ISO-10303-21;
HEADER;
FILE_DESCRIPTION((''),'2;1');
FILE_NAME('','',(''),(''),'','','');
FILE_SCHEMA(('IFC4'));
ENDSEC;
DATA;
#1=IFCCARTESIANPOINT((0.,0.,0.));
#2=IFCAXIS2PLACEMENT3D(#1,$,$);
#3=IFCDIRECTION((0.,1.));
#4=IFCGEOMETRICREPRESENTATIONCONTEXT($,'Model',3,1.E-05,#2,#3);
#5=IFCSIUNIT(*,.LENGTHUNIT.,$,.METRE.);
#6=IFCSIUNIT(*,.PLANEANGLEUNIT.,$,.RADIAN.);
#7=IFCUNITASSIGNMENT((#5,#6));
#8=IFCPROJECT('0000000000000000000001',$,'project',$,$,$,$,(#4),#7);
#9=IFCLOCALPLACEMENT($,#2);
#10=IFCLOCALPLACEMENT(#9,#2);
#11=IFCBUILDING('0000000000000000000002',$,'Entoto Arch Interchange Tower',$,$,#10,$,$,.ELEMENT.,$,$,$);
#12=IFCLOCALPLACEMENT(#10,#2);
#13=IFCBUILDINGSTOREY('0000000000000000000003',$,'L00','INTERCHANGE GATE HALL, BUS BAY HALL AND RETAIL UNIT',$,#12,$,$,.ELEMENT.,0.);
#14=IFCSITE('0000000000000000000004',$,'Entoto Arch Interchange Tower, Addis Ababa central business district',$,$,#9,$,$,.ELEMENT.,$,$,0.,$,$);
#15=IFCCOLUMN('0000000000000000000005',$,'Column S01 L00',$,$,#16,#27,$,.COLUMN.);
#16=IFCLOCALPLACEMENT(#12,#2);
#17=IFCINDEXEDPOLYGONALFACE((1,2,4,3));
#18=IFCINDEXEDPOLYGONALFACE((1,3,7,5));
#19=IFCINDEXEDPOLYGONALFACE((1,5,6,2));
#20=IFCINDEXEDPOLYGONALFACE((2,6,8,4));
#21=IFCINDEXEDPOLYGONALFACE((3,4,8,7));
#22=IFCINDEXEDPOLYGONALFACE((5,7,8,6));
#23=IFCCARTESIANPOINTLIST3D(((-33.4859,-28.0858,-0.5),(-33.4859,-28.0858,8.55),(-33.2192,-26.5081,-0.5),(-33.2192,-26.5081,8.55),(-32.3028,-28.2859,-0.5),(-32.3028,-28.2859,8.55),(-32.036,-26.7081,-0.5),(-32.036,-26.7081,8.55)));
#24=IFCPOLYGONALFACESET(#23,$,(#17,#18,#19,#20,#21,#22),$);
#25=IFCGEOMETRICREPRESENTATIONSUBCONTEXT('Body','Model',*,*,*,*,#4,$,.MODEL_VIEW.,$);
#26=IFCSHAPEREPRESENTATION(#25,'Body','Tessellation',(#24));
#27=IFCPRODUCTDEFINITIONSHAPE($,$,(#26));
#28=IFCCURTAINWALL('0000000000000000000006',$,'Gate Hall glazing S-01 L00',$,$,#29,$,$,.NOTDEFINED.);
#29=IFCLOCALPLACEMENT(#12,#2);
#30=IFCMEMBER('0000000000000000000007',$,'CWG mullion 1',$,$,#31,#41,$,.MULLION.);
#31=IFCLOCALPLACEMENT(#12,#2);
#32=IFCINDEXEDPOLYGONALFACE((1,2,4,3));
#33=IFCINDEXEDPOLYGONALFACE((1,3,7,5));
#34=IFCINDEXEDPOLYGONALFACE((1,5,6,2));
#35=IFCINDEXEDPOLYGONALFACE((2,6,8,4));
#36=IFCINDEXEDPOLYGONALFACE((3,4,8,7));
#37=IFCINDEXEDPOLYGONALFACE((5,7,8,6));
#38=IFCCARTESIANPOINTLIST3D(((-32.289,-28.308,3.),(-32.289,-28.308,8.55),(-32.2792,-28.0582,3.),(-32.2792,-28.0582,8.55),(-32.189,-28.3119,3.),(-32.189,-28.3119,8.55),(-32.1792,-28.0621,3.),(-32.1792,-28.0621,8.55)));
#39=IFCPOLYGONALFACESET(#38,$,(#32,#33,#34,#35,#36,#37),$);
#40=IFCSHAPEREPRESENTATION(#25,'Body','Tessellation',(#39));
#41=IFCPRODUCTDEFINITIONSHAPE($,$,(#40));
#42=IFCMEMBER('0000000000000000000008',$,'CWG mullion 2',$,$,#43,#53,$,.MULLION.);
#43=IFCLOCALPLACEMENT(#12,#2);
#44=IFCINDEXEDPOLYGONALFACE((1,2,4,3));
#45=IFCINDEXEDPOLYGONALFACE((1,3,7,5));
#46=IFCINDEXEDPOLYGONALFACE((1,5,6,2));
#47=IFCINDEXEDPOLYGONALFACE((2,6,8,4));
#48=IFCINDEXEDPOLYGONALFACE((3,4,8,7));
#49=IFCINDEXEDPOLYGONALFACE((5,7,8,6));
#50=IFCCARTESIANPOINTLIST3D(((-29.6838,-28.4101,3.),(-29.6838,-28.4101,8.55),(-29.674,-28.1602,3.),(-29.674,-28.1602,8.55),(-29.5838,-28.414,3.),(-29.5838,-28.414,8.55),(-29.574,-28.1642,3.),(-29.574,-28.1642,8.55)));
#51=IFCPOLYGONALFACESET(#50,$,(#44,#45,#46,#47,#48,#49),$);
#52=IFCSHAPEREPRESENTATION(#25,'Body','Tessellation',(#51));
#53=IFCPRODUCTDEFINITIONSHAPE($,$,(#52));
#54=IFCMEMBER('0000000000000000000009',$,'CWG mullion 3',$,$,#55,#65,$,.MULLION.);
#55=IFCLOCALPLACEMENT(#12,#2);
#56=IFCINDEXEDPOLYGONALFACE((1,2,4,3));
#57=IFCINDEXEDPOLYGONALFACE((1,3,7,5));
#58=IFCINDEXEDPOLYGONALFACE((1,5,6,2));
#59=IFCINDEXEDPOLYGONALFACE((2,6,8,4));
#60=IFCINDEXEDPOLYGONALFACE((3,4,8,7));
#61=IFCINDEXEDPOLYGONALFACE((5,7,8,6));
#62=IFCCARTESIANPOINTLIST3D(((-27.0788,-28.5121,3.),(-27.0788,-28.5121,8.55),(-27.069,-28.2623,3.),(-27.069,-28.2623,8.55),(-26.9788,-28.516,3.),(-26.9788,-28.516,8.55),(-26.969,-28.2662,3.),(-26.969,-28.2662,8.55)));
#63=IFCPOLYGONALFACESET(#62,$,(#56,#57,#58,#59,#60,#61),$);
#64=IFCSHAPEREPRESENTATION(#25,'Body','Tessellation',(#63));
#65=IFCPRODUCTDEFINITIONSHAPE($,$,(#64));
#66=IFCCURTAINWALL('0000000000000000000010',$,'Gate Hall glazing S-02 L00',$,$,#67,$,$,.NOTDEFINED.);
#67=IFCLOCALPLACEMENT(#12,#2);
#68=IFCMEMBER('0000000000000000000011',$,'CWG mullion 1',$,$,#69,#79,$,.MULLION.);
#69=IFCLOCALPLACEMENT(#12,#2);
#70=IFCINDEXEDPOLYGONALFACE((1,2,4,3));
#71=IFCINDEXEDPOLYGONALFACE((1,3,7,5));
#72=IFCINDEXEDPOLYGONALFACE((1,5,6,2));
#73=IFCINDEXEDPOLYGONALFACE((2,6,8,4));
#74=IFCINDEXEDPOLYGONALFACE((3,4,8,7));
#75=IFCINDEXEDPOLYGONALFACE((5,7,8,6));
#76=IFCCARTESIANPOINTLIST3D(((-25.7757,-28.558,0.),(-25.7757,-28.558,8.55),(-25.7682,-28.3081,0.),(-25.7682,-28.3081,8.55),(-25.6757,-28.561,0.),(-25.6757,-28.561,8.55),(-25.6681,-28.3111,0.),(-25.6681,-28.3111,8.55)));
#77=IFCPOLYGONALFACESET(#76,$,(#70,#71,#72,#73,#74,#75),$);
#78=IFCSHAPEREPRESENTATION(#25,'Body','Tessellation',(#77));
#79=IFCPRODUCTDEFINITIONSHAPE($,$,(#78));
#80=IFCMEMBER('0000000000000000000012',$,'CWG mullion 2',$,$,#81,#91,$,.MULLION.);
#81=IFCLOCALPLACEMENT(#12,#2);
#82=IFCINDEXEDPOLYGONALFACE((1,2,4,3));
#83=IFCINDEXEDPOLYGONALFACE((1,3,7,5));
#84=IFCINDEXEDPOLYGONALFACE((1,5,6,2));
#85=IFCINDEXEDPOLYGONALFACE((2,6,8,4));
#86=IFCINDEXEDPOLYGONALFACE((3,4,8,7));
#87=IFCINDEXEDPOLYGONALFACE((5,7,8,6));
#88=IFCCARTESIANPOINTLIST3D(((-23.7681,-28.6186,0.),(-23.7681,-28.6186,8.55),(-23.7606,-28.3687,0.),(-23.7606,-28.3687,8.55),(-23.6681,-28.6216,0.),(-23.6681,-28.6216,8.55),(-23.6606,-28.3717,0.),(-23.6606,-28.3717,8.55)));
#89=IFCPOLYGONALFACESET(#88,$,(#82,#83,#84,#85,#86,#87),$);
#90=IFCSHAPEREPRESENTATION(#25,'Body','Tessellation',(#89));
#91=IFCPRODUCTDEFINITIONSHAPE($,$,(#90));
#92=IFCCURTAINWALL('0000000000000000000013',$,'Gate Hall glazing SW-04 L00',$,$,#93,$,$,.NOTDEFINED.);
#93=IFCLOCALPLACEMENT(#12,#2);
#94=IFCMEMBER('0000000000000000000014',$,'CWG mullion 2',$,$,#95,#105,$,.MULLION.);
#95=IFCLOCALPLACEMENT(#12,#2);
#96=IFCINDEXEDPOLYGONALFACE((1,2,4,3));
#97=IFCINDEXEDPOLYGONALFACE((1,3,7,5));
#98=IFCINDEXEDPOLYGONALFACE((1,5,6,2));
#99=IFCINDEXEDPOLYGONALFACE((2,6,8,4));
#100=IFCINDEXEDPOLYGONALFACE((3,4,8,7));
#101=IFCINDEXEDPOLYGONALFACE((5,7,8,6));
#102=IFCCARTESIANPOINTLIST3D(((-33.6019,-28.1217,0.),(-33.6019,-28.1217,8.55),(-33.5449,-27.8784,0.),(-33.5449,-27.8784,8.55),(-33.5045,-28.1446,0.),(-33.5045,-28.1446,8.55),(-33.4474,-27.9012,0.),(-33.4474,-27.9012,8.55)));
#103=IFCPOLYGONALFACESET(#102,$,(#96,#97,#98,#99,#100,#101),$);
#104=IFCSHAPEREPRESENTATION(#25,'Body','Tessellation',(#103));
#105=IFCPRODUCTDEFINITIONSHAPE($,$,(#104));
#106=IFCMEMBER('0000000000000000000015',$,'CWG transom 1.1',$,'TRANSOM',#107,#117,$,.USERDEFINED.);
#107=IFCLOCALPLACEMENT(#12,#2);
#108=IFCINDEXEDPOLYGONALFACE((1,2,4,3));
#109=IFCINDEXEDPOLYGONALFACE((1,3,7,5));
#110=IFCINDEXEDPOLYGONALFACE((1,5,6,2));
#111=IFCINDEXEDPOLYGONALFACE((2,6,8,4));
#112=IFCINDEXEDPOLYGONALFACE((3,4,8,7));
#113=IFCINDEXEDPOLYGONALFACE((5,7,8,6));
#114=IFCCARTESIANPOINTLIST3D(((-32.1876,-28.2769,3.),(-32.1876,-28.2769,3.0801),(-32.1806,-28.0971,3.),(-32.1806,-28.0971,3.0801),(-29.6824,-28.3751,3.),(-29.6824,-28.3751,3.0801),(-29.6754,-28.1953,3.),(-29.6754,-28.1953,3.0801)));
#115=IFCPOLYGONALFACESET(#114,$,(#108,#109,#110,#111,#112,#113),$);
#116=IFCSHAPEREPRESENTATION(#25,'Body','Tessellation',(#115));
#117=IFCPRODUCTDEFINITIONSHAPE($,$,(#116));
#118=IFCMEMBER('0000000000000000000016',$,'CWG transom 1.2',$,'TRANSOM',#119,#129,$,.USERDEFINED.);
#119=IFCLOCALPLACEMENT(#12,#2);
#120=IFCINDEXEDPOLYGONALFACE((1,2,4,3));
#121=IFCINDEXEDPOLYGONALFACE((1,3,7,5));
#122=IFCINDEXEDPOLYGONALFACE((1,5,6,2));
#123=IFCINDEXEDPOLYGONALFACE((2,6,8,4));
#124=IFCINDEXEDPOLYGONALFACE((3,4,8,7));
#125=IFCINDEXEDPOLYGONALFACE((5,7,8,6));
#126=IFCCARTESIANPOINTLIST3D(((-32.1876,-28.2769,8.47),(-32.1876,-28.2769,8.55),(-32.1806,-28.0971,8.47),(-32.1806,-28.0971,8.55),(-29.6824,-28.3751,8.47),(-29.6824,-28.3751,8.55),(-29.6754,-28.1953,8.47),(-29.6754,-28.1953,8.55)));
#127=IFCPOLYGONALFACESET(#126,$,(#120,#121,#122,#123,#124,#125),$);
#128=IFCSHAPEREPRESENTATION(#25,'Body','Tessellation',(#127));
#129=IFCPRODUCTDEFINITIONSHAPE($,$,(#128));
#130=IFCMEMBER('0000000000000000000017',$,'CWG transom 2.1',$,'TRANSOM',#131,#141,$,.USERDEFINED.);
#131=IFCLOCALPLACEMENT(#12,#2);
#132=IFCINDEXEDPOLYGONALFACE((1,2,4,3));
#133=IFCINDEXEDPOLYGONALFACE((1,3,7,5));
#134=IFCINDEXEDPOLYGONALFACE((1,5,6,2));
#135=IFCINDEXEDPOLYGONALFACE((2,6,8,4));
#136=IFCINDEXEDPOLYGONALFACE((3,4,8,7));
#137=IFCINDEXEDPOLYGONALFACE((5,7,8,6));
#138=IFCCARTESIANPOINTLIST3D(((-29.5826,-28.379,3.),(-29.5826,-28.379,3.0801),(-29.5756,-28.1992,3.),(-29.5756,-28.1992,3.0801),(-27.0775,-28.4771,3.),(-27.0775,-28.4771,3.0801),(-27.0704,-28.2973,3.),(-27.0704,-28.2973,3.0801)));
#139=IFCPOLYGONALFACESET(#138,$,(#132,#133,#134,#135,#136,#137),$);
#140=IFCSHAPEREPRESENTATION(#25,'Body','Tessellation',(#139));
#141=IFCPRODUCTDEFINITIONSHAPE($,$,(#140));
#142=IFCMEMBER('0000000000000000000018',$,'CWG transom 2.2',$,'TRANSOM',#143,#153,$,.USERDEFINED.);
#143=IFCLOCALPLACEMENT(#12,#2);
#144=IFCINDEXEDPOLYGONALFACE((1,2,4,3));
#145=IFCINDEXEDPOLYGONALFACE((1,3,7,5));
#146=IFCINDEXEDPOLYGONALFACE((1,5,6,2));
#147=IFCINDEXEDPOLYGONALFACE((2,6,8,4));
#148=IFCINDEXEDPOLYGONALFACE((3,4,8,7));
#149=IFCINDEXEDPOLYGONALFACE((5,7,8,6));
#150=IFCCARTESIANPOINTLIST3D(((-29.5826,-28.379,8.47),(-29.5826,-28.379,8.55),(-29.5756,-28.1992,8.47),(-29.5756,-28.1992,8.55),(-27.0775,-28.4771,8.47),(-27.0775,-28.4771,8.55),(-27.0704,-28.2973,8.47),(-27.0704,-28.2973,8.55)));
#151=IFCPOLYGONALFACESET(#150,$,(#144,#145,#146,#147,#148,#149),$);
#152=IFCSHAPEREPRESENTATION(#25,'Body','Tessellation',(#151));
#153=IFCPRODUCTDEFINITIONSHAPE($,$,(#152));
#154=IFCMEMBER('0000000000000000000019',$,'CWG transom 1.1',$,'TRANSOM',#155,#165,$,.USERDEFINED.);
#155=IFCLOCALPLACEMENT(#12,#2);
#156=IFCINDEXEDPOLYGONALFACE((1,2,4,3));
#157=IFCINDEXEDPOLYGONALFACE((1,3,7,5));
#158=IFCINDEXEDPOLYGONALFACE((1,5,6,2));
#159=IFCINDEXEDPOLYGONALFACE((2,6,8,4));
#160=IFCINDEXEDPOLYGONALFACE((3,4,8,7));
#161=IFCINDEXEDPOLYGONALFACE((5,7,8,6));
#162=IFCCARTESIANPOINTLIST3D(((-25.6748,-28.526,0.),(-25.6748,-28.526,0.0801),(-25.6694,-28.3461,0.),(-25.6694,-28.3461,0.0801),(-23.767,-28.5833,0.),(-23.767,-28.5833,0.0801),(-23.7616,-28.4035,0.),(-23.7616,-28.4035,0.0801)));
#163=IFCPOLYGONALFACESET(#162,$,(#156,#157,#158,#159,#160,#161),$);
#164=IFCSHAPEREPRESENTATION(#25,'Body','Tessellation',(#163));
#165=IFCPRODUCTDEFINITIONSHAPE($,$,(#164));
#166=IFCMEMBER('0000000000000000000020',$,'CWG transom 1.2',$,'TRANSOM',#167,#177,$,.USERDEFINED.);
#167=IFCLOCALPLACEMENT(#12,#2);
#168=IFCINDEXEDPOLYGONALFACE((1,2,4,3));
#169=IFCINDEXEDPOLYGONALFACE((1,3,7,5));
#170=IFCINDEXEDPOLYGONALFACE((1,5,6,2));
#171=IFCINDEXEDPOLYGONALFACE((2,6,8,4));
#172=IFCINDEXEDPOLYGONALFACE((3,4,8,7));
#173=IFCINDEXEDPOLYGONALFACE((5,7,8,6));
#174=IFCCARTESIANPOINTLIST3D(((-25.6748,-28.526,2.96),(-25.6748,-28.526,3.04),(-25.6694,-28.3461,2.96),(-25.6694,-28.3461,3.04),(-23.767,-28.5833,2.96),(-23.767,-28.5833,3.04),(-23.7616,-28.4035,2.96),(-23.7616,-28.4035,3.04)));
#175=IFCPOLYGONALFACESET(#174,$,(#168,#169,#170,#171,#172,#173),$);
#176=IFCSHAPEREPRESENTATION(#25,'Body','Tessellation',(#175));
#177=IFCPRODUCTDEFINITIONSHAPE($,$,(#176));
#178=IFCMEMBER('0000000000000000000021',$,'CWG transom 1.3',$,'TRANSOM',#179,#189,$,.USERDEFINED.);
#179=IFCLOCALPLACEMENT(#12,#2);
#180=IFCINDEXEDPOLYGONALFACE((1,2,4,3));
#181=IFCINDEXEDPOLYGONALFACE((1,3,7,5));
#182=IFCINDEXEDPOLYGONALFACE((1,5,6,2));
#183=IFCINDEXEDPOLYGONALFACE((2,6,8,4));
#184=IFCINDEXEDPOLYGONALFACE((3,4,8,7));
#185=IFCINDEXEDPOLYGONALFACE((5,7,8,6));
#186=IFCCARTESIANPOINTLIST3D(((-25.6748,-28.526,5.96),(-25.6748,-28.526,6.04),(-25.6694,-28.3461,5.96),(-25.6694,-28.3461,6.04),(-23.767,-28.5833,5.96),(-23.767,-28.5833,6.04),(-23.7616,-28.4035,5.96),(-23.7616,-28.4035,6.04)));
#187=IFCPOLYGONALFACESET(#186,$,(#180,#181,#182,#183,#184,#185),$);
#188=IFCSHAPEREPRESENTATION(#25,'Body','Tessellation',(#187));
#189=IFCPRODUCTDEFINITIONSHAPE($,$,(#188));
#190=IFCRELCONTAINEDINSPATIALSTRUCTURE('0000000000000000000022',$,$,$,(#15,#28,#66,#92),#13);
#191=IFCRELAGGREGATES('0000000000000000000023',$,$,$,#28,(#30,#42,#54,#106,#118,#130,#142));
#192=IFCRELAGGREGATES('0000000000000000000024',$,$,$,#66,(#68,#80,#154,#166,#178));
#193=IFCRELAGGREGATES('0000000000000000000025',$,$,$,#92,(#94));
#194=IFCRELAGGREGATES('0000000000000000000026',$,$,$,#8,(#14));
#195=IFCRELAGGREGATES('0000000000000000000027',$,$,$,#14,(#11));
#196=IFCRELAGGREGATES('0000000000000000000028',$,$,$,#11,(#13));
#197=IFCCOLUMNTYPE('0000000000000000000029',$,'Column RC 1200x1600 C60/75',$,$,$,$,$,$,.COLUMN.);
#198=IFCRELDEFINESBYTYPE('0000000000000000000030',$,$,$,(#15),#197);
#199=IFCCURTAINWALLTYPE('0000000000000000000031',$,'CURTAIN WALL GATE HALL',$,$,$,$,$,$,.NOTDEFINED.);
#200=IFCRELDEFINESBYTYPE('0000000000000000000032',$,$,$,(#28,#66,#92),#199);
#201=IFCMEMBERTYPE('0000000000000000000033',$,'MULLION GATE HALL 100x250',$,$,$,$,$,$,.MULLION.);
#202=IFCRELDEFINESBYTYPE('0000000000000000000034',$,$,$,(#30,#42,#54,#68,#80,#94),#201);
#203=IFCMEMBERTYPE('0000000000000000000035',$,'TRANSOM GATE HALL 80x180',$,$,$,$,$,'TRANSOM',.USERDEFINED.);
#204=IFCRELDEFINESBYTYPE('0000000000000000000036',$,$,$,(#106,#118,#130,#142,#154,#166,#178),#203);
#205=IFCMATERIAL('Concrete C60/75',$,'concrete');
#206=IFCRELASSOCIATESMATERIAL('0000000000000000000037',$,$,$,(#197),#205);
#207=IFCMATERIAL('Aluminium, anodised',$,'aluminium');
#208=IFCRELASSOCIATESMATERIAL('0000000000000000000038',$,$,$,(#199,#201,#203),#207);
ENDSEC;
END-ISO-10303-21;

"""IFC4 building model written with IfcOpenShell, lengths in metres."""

from ifc_helpers import new_model, si_unit, direction, frame, origin, origin_2d, place, context, subcontext, project, spatial, rectangle, extrude, material, material_profile, profile_set, type_object, element, aggregate, save


model = new_model("IFC4")

# Units and contexts
model_context = context("Model", 3, precision=1e-05, world=origin(), true_north=direction((0.0, 1.0)))
body_context = subcontext(model_context, "Body", "Model", "MODEL_VIEW")
ifc_project = project(units=[si_unit("LENGTHUNIT", "METRE"), si_unit("PLANEANGLEUNIT", "RADIAN")], contexts=[model_context])

# Site, building, storey
site_placement = place(None, origin())
site = spatial("IfcSite", under=ifc_project, at=site_placement, Name="Entoto Arch Interchange Tower, Addis Ababa central business district", CompositionType="ELEMENT", RefElevation=0.0)
building_placement = place(site_placement, origin())
building = spatial("IfcBuilding", under=site, at=building_placement, Name="Entoto Arch Interchange Tower", CompositionType="ELEMENT")
storey_placement = place(building_placement, origin())
storey = spatial("IfcBuildingStorey", under=building, at=storey_placement, Name="L00", Description="INTERCHANGE GATE HALL, BUS BAY HALL AND RETAIL UNIT", CompositionType="ELEMENT", Elevation=0.0)

# Column
ifc_material_1 = material(Name="Concrete C60/75", Category="concrete")
ifc_material_profile_1 = material_profile(ifc_material_1, rectangle(XDim=1.2, YDim=1.6001, at=origin_2d()))
ifc_profile_set_1 = profile_set([ifc_material_profile_1], Name="Concrete C60/75")
column_type = type_object("IfcColumnType", Name="Column RC 1200x1600 C60/75", PredefinedType="COLUMN", material=ifc_profile_set_1)
column_placement = place(storey_placement, frame((-32.761, -27.397, -0.5), z_axis=(0.0, 0.0, 1.0), x_axis=(-0.986005, 0.166717, 0.0)))
element("IfcColumn", 1, at=column_placement, inside=storey, type_object=column_type, Name="Column S01 L00", PredefinedType="COLUMN", context=body_context, shape_type="SweptSolid", body=[
    extrude(rectangle(XDim=1.2, YDim=1.6001, at=origin_2d()), origin(), (0.0, 0.0, 1.0), 9.05),
])

# Curtain walls, members
ifc_material_2 = material(Name="Aluminium, anodised", Category="aluminium")
curtain_wall_type = type_object("IfcCurtainWallType", Name="CURTAIN WALL GATE HALL", PredefinedType="NOTDEFINED", material=ifc_material_2)
curtain_wall_1_placement = place(storey_placement, origin())
curtain_wall_1 = element("IfcCurtainWall", 2, at=curtain_wall_1_placement, inside=storey, type_object=curtain_wall_type, Name="Gate Hall glazing S-01 L00", PredefinedType="NOTDEFINED")
ifc_material_profile_2 = material_profile(ifc_material_2, rectangle(XDim=0.25, YDim=0.1001, at=origin_2d()))
ifc_profile_set_2 = profile_set([ifc_material_profile_2], Name="Aluminium, anodised")
member_type_1 = type_object("IfcMemberType", Name="MULLION GATE HALL 100x250", PredefinedType="MULLION", material=ifc_profile_set_2)
member_1_placement = place(storey_placement, frame((-32.2341, -28.1851, 3.0), z_axis=(0.0, 0.0, 1.0), x_axis=(0.039141, 0.999234, 0.0)))
member_1 = element("IfcMember", 3, at=member_1_placement, type_object=member_type_1, Name="CWG mullion 1", PredefinedType="MULLION", context=body_context, shape_type="SweptSolid", body=[
    extrude(rectangle(XDim=0.25, YDim=0.1001, at=origin_2d()), origin(), (0.0, 0.0, 1.0), 5.55),
])
member_2_placement = place(storey_placement, frame((-29.6289, -28.2871, 3.0), z_axis=(0.0, 0.0, 1.0), x_axis=(0.039141, 0.999234, 0.0)))
member_2 = element("IfcMember", 4, at=member_2_placement, type_object=member_type_1, Name="CWG mullion 2", PredefinedType="MULLION", context=body_context, shape_type="SweptSolid", body=[
    extrude(rectangle(XDim=0.25, YDim=0.1001, at=origin_2d()), origin(), (0.0, 0.0, 1.0), 5.55),
])
member_3_placement = place(storey_placement, frame((-27.0239, -28.3892, 3.0), z_axis=(0.0, 0.0, 1.0), x_axis=(0.039141, 0.999234, 0.0)))
member_3 = element("IfcMember", 5, at=member_3_placement, type_object=member_type_1, Name="CWG mullion 3", PredefinedType="MULLION", context=body_context, shape_type="SweptSolid", body=[
    extrude(rectangle(XDim=0.25, YDim=0.1001, at=origin_2d()), origin(), (0.0, 0.0, 1.0), 5.55),
])
curtain_wall_2_placement = place(storey_placement, origin())
curtain_wall_2 = element("IfcCurtainWall", 6, at=curtain_wall_2_placement, inside=storey, type_object=curtain_wall_type, Name="Gate Hall glazing S-02 L00", PredefinedType="NOTDEFINED")
member_4_placement = place(storey_placement, frame((-25.7219, -28.4346, 0.0), z_axis=(0.0, 0.0, 1.0), x_axis=(0.030118, 0.999546, 0.0)))
member_4 = element("IfcMember", 7, at=member_4_placement, type_object=member_type_1, Name="CWG mullion 1", PredefinedType="MULLION", context=body_context, shape_type="SweptSolid", body=[
    extrude(rectangle(XDim=0.25, YDim=0.1001, at=origin_2d()), origin(), (0.0, 0.0, 1.0), 8.55),
])
member_5_placement = place(storey_placement, frame((-23.7144, -28.4951, 0.0), z_axis=(0.0, 0.0, 1.0), x_axis=(0.030118, 0.999546, 0.0)))
member_5 = element("IfcMember", 8, at=member_5_placement, type_object=member_type_1, Name="CWG mullion 2", PredefinedType="MULLION", context=body_context, shape_type="SweptSolid", body=[
    extrude(rectangle(XDim=0.25, YDim=0.1001, at=origin_2d()), origin(), (0.0, 0.0, 1.0), 8.55),
])

# Curtain wall, member
curtain_wall_3_placement = place(storey_placement, origin())
curtain_wall_3 = element("IfcCurtainWall", 9, at=curtain_wall_3_placement, inside=storey, type_object=curtain_wall_type, Name="Gate Hall glazing SW-04 L00", PredefinedType="NOTDEFINED")
member_6_placement = place(storey_placement, frame((-33.5247, -28.0115, 0.0), z_axis=(0.0, 0.0, 1.0), x_axis=(0.228271, 0.973598, 0.0)))
member_6 = element("IfcMember", 10, at=member_6_placement, type_object=member_type_1, Name="CWG mullion 2", PredefinedType="MULLION", context=body_context, shape_type="SweptSolid", body=[
    extrude(rectangle(XDim=0.25, YDim=0.1001, at=origin_2d()), origin(), (0.0, 0.0, 1.0), 8.55),
])

# Members
ifc_material_profile_3 = material_profile(ifc_material_2, rectangle(XDim=0.1799, YDim=0.0801, at=origin_2d()))
ifc_profile_set_3 = profile_set([ifc_material_profile_3], Name="Aluminium, anodised")
member_type_2 = type_object("IfcMemberType", Name="TRANSOM GATE HALL 80x180", ElementType="TRANSOM", PredefinedType="USERDEFINED", material=ifc_profile_set_3)
member_7_placement = place(storey_placement, frame((-32.1841, -28.187, 3.04), z_axis=(0.999233, -0.039147, 0.0), x_axis=(0.039147, 0.999233, 0.0)))
member_7 = element("IfcMember", 11, at=member_7_placement, type_object=member_type_2, Name="CWG transom 1.1", ObjectType="TRANSOM", PredefinedType="USERDEFINED", context=body_context, shape_type="SweptSolid", body=[
    extrude(rectangle(XDim=0.1799, YDim=0.0801, at=origin_2d()), origin(), (0.0, 0.0, 1.0), 2.5071),
])
member_8_placement = place(storey_placement, frame((-32.1841, -28.187, 8.51), z_axis=(0.999233, -0.039147, 0.0), x_axis=(0.039147, 0.999233, 0.0)))
member_8 = element("IfcMember", 12, at=member_8_placement, type_object=member_type_2, Name="CWG transom 1.2", ObjectType="TRANSOM", PredefinedType="USERDEFINED", context=body_context, shape_type="SweptSolid", body=[
    extrude(rectangle(XDim=0.1799, YDim=0.0801, at=origin_2d()), origin(), (0.0, 0.0, 1.0), 2.5071),
])
member_9_placement = place(storey_placement, frame((-29.5791, -28.2891, 3.04), z_axis=(0.999233, -0.039147, 0.0), x_axis=(0.039147, 0.999233, 0.0)))
member_9 = element("IfcMember", 13, at=member_9_placement, type_object=member_type_2, Name="CWG transom 2.1", ObjectType="TRANSOM", PredefinedType="USERDEFINED", context=body_context, shape_type="SweptSolid", body=[
    extrude(rectangle(XDim=0.1799, YDim=0.0801, at=origin_2d()), origin(), (0.0, 0.0, 1.0), 2.5071),
])
member_10_placement = place(storey_placement, frame((-29.5791, -28.2891, 8.51), z_axis=(0.999233, -0.039147, 0.0), x_axis=(0.039147, 0.999233, 0.0)))
member_10 = element("IfcMember", 14, at=member_10_placement, type_object=member_type_2, Name="CWG transom 2.2", ObjectType="TRANSOM", PredefinedType="USERDEFINED", context=body_context, shape_type="SweptSolid", body=[
    extrude(rectangle(XDim=0.1799, YDim=0.0801, at=origin_2d()), origin(), (0.0, 0.0, 1.0), 2.5071),
])
member_11_placement = place(storey_placement, frame((-25.6721, -28.436, 0.04), z_axis=(0.999548, -0.030061, 0.0), x_axis=(0.030061, 0.999548, 0.0)))
member_11 = element("IfcMember", 15, at=member_11_placement, type_object=member_type_2, Name="CWG transom 1.1", ObjectType="TRANSOM", PredefinedType="USERDEFINED", context=body_context, shape_type="SweptSolid", body=[
    extrude(rectangle(XDim=0.1799, YDim=0.0801, at=origin_2d()), origin(), (0.0, 0.0, 1.0), 1.9087),
])
member_12_placement = place(storey_placement, frame((-25.6721, -28.436, 3.0), z_axis=(0.999548, -0.030061, 0.0), x_axis=(0.030061, 0.999548, 0.0)))
member_12 = element("IfcMember", 16, at=member_12_placement, type_object=member_type_2, Name="CWG transom 1.2", ObjectType="TRANSOM", PredefinedType="USERDEFINED", context=body_context, shape_type="SweptSolid", body=[
    extrude(rectangle(XDim=0.1799, YDim=0.0801, at=origin_2d()), origin(), (0.0, 0.0, 1.0), 1.9087),
])
member_13_placement = place(storey_placement, frame((-25.6721, -28.436, 6.0), z_axis=(0.999548, -0.030061, 0.0), x_axis=(0.030061, 0.999548, 0.0)))
member_13 = element("IfcMember", 17, at=member_13_placement, type_object=member_type_2, Name="CWG transom 1.3", ObjectType="TRANSOM", PredefinedType="USERDEFINED", context=body_context, shape_type="SweptSolid", body=[
    extrude(rectangle(XDim=0.1799, YDim=0.0801, at=origin_2d()), origin(), (0.0, 0.0, 1.0), 1.9087),
])

aggregate(curtain_wall_1, [member_1, member_2, member_3, member_7, member_8, member_9, member_10])
aggregate(curtain_wall_2, [member_4, member_5, member_11, member_12, member_13])
aggregate(curtain_wall_3, [member_6])

save(model, "model.ifc")
